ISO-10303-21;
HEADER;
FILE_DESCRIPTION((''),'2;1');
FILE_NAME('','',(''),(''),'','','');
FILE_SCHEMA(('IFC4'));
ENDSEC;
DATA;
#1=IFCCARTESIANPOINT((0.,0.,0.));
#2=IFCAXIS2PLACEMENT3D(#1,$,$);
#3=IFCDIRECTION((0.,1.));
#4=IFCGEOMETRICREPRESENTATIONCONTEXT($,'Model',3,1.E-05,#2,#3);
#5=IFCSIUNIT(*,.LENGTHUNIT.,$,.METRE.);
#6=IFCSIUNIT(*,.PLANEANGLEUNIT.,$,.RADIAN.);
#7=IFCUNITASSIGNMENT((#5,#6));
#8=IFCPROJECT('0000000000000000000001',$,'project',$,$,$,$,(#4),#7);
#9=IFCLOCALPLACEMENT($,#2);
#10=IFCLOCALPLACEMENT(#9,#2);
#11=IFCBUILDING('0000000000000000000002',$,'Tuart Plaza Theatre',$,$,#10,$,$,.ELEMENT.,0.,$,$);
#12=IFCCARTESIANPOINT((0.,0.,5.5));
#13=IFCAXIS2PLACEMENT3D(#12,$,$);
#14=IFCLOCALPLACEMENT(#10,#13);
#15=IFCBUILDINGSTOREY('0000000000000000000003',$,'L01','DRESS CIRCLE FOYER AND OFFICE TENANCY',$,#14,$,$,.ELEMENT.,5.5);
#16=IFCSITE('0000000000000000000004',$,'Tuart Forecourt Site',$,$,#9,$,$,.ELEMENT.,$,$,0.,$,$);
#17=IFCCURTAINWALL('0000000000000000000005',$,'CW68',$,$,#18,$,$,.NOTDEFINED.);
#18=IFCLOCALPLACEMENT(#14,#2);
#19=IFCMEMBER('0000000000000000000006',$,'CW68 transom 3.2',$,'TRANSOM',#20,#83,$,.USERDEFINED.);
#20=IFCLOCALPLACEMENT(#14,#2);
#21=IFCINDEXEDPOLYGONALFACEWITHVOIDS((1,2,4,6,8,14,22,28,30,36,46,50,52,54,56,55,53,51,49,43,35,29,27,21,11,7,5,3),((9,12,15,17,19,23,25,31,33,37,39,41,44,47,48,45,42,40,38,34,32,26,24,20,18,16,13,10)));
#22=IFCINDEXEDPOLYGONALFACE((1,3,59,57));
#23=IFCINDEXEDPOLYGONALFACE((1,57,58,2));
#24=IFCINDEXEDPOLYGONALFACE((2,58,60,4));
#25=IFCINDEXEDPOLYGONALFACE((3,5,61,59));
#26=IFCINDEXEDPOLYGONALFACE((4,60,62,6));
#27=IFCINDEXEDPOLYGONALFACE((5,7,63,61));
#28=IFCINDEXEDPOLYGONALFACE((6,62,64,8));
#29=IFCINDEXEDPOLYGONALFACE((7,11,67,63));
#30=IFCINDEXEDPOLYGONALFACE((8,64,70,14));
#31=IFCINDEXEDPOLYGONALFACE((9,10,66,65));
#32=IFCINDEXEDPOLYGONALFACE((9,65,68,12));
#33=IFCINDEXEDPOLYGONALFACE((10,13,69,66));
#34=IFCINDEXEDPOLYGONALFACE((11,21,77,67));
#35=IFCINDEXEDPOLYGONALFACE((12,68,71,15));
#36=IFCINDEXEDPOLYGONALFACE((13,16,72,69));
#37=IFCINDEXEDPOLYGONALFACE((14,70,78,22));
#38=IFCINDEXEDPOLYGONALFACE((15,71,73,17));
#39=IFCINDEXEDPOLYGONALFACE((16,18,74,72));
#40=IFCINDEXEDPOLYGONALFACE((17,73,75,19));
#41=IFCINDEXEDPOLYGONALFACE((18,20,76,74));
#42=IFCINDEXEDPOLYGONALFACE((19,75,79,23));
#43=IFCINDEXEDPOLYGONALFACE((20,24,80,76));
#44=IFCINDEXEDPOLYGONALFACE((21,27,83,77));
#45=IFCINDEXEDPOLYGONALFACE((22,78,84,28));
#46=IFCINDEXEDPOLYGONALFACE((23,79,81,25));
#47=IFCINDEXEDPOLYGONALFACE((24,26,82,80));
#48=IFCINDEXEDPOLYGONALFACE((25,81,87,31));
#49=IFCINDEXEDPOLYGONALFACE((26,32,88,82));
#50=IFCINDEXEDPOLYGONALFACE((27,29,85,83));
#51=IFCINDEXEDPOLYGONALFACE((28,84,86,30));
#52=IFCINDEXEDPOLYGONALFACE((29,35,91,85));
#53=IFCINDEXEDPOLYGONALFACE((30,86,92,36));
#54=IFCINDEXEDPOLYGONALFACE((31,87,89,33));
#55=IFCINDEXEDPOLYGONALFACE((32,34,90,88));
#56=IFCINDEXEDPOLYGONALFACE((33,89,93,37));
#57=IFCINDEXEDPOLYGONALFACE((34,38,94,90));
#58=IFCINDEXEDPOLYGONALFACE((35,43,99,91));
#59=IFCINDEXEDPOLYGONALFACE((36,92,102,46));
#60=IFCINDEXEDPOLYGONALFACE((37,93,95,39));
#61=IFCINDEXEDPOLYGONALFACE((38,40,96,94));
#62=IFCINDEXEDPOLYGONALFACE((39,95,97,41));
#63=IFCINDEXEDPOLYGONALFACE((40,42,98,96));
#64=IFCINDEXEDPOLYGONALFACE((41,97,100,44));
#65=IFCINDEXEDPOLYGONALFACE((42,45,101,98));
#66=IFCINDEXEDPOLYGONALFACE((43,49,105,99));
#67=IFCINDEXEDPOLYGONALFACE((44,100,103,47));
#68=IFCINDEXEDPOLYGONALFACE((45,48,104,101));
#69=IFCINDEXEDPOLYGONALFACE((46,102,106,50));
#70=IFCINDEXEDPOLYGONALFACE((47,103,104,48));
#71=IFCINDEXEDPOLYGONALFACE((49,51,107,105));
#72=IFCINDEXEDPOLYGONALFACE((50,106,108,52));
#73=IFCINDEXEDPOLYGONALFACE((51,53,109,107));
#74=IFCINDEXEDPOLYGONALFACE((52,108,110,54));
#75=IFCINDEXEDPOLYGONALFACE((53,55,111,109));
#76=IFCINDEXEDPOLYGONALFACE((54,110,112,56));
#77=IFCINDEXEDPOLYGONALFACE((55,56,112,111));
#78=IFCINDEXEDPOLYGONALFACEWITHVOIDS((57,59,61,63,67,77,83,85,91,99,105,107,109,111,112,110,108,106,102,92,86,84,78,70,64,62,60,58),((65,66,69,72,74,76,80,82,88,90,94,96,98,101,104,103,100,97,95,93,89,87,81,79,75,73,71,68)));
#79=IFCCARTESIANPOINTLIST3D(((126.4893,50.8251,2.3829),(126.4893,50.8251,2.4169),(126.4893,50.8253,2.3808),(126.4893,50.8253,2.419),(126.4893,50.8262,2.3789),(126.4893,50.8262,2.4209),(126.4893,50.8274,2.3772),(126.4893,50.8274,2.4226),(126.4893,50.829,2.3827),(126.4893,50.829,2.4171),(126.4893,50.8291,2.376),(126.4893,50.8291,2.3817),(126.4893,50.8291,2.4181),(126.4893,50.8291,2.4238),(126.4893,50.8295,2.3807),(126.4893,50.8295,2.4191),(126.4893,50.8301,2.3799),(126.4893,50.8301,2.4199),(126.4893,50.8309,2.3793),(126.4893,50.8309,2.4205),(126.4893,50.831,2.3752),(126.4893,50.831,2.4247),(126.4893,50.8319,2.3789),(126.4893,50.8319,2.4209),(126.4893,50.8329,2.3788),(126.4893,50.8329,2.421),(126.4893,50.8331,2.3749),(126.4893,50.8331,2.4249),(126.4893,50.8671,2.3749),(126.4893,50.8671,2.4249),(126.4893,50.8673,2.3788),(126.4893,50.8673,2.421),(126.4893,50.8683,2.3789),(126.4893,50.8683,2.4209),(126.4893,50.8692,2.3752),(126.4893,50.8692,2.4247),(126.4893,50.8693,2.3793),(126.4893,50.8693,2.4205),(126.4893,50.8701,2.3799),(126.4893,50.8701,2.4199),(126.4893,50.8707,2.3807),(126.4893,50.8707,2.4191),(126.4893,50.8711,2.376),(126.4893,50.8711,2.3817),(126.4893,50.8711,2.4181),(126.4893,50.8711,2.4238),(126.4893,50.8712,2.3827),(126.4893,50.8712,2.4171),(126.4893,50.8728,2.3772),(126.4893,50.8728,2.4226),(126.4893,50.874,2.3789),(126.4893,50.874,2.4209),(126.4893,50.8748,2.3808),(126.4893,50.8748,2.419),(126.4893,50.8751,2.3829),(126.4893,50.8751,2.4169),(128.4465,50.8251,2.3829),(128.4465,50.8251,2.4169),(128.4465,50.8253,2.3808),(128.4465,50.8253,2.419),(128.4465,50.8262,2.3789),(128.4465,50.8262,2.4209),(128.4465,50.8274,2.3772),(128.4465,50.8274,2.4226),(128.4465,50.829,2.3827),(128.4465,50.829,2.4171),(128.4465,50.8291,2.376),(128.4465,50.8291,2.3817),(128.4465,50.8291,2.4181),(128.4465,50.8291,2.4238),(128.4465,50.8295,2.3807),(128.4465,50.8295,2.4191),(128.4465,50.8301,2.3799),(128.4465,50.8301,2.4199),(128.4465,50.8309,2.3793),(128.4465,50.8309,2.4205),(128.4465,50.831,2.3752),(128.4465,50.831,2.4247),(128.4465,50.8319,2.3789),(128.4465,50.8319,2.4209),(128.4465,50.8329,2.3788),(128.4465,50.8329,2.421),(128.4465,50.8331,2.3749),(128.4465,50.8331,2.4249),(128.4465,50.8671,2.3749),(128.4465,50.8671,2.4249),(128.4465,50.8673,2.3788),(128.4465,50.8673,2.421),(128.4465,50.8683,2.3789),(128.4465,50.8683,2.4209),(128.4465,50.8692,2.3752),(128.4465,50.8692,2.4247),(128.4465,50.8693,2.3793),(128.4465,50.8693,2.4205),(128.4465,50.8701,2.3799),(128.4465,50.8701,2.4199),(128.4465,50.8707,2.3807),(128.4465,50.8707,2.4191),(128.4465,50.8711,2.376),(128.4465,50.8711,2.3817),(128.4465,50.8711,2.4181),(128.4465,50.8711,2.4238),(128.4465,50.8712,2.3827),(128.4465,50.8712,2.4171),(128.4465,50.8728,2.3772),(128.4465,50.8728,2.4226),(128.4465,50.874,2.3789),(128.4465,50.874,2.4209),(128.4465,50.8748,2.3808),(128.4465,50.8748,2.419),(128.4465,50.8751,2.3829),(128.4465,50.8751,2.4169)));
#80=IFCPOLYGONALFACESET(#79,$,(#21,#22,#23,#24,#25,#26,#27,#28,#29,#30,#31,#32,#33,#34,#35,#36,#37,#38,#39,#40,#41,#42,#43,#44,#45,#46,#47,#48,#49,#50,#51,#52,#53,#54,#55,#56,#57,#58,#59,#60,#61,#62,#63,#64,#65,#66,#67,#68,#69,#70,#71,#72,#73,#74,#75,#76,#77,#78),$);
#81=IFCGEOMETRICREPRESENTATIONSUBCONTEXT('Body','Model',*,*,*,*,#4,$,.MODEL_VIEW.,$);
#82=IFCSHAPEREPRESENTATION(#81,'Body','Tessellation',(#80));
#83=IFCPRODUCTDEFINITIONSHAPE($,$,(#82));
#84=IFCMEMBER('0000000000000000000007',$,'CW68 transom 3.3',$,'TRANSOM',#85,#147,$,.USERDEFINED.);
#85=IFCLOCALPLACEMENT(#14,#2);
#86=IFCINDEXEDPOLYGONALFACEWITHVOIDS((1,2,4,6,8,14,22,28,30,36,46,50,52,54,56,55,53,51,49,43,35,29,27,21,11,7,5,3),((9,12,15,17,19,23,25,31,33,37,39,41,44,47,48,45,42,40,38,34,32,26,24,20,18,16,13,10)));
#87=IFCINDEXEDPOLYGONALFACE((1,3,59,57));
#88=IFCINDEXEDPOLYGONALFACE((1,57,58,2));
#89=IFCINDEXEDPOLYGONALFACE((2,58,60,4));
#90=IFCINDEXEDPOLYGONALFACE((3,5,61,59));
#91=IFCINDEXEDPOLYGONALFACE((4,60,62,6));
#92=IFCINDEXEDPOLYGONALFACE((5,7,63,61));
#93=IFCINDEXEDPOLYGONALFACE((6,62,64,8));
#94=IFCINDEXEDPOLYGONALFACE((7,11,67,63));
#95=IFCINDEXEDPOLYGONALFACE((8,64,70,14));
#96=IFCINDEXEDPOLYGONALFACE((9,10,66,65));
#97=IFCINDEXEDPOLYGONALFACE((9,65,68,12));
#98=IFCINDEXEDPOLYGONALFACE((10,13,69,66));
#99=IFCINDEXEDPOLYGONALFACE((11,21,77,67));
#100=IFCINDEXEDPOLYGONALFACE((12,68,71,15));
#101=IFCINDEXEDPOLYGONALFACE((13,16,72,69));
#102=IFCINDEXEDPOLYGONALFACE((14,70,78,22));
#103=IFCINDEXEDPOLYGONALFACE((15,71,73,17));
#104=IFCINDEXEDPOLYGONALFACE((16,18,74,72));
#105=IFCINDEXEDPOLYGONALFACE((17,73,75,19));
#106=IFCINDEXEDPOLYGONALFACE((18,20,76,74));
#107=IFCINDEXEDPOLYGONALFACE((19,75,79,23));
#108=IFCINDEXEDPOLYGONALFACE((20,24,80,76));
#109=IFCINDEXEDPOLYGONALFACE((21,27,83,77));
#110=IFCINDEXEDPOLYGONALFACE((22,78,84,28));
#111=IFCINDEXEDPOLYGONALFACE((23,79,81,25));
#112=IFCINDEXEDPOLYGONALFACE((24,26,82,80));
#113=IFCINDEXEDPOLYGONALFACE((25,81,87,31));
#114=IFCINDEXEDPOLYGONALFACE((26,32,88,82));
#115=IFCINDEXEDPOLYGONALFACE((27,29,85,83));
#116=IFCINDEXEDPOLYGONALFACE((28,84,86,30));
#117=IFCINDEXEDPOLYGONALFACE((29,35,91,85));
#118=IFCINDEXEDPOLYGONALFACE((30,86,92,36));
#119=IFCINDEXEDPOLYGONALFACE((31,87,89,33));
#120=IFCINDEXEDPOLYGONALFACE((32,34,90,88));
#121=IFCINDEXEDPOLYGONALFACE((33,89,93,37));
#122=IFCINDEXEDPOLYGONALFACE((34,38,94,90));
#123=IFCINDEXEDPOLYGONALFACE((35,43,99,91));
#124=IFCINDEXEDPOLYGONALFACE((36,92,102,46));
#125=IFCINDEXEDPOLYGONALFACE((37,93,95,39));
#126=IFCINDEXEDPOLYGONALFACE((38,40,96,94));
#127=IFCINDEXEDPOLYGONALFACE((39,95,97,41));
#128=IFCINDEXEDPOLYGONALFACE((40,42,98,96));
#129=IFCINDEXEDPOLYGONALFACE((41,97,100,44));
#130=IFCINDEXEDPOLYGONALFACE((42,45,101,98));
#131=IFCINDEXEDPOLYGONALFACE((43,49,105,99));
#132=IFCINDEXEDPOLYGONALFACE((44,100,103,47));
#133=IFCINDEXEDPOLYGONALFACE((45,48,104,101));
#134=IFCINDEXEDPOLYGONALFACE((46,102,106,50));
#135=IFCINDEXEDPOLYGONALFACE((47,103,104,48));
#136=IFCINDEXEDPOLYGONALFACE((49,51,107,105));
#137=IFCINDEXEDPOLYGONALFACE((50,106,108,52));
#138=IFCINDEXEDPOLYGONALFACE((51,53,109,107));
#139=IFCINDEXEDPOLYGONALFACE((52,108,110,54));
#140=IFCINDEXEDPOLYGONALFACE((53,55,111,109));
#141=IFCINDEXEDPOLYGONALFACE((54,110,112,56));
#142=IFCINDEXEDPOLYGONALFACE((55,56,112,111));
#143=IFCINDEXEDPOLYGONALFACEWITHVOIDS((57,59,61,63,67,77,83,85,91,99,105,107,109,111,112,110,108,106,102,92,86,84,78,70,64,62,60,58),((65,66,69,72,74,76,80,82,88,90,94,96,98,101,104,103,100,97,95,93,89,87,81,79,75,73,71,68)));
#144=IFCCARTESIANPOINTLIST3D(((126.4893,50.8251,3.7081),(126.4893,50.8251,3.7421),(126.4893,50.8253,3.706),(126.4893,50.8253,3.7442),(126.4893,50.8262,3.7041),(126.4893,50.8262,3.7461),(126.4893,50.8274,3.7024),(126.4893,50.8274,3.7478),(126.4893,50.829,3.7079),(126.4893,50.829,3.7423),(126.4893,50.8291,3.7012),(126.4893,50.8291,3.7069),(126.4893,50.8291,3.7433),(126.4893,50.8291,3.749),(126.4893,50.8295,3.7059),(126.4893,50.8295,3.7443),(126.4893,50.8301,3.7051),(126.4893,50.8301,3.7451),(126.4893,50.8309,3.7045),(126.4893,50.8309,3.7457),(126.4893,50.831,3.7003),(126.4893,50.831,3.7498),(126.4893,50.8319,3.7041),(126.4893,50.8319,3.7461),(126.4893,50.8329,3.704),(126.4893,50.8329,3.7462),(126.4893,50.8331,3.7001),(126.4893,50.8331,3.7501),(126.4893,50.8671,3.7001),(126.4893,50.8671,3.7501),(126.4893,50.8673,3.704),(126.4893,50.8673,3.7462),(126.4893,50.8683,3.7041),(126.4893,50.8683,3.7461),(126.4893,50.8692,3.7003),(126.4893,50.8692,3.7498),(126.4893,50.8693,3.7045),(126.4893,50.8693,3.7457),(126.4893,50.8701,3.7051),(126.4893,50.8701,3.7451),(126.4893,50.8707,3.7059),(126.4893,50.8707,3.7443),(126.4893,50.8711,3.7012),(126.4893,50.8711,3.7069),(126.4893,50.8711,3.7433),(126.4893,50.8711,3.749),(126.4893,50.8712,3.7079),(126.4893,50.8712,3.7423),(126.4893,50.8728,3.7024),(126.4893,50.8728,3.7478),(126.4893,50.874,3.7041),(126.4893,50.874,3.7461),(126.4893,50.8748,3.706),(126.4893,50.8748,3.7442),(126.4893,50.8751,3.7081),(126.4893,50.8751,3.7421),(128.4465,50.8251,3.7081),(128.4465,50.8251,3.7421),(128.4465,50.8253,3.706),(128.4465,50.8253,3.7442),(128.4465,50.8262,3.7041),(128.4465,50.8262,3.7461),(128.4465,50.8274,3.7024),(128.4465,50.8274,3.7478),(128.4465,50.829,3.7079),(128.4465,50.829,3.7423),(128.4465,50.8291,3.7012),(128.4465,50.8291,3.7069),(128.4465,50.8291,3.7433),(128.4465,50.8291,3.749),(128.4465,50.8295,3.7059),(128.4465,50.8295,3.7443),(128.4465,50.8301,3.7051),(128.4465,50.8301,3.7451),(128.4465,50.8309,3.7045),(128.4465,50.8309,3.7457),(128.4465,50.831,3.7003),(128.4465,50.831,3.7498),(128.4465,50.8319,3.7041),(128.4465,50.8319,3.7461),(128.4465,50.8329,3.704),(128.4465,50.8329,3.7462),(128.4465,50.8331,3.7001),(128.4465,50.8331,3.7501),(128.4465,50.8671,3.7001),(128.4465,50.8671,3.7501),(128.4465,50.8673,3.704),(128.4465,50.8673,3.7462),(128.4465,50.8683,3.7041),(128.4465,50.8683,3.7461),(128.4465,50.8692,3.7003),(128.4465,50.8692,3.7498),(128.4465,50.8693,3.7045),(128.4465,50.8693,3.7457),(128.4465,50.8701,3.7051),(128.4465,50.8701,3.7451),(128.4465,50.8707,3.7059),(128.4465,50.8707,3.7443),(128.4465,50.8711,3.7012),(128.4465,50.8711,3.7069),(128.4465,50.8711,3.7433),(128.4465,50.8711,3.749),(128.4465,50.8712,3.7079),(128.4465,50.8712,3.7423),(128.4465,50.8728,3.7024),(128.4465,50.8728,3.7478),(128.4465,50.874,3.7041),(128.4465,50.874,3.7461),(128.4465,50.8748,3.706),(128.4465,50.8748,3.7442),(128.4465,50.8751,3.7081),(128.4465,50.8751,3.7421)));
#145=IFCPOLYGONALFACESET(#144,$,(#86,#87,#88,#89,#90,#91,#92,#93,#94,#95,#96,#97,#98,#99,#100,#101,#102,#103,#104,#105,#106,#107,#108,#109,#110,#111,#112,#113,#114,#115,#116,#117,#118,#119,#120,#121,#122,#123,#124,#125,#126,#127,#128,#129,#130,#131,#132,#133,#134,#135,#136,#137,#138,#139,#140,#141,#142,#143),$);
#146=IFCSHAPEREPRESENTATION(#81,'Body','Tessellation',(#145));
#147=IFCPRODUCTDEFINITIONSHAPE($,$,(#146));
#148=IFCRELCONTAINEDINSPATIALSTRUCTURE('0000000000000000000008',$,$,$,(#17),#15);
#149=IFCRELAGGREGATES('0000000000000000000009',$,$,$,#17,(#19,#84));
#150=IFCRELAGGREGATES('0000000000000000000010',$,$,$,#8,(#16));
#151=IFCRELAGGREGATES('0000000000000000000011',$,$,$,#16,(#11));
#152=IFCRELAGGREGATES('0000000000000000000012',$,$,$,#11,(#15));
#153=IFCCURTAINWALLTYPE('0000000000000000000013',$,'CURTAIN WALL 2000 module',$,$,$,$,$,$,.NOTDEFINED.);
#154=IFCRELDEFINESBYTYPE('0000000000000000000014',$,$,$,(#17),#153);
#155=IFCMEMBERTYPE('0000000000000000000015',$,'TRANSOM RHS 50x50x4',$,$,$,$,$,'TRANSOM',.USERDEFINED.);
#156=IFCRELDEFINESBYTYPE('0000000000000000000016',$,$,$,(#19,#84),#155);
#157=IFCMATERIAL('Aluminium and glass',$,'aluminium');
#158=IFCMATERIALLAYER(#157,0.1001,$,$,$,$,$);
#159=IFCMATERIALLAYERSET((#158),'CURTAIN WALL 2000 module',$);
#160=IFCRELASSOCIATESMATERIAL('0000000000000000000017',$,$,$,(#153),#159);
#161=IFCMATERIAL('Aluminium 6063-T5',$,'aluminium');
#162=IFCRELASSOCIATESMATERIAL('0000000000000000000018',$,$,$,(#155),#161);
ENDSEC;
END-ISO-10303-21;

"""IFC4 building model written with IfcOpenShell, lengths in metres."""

from ifc_helpers import new_model, si_unit, direction, frame, origin, origin_2d, place, context, subcontext, project, spatial, hollow_rectangle, extrude, material, layer, layer_set, material_profile, profile_set, type_object, element, aggregate, save


model = new_model("IFC4")

# Units and contexts
model_context = context("Model", 3, precision=1e-05, world=origin(), true_north=direction((0.0, 1.0)))
body_context = subcontext(model_context, "Body", "Model", "MODEL_VIEW")
ifc_project = project(units=[si_unit("LENGTHUNIT", "METRE"), si_unit("PLANEANGLEUNIT", "RADIAN")], contexts=[model_context])

# Site, building, storey
site_placement = place(None, origin())
site = spatial("IfcSite", under=ifc_project, at=site_placement, Name="Tuart Forecourt Site", CompositionType="ELEMENT", RefElevation=0.0)
building_placement = place(site_placement, origin())
building = spatial("IfcBuilding", under=site, at=building_placement, Name="Tuart Plaza Theatre", CompositionType="ELEMENT", ElevationOfRefHeight=0.0)
storey_placement = place(building_placement, frame((0.0, 0.0, 5.5)))
storey = spatial("IfcBuildingStorey", under=building, at=storey_placement, Name="L01", Description="DRESS CIRCLE FOYER AND OFFICE TENANCY", CompositionType="ELEMENT", Elevation=5.5)

# Curtain wall, members
ifc_material_1 = material(Name="Aluminium and glass", Category="aluminium")
ifc_layer_1 = layer(ifc_material_1, 0.1001)
ifc_layer_set_1 = layer_set([ifc_layer_1], Name="CURTAIN WALL 2000 module")
curtain_wall_type = type_object("IfcCurtainWallType", Name="CURTAIN WALL 2000 module", PredefinedType="NOTDEFINED", material=ifc_layer_set_1)
curtain_wall_placement = place(storey_placement, origin())
curtain_wall = element("IfcCurtainWall", 1, at=curtain_wall_placement, inside=storey, type_object=curtain_wall_type, Name="CW68", PredefinedType="NOTDEFINED")
ifc_material_2 = material(Name="Aluminium 6063-T5", Category="aluminium")
ifc_material_profile_1 = material_profile(ifc_material_2, hollow_rectangle(XDim=0.05, YDim=0.05, WallThickness=0.0039, InnerFilletRadius=0.0039, OuterFilletRadius=0.0081, at=origin_2d()), Name="RHS 50x50x4")
ifc_profile_set_1 = profile_set([ifc_material_profile_1], Name="Aluminium 6063-T5")
member_type_1 = type_object("IfcMemberType", Name="TRANSOM RHS 50x50x4", ElementType="TRANSOM", PredefinedType="USERDEFINED", material=ifc_profile_set_1)
member_1_placement = place(storey_placement, frame((126.4893, 50.8501, 2.3999), z_axis=(1.0, 0.0, 0.0), x_axis=(0.0, 1.0, 0.0)))
member_1 = element("IfcMember", 2, at=member_1_placement, type_object=member_type_1, Name="CW68 transom 3.2", ObjectType="TRANSOM", PredefinedType="USERDEFINED", context=body_context, shape_type="SweptSolid", body=[
    extrude(hollow_rectangle(XDim=0.05, YDim=0.05, WallThickness=0.0039, InnerFilletRadius=0.0039, OuterFilletRadius=0.0081, at=origin_2d()), origin(), (0.0, 0.0, 1.0), 1.9573),
])
member_2_placement = place(storey_placement, frame((126.4893, 50.8501, 3.7251), z_axis=(1.0, 0.0, 0.0), x_axis=(0.0, 1.0, 0.0)))
member_2 = element("IfcMember", 3, at=member_2_placement, type_object=member_type_1, Name="CW68 transom 3.3", ObjectType="TRANSOM", PredefinedType="USERDEFINED", context=body_context, shape_type="SweptSolid", body=[
    extrude(hollow_rectangle(XDim=0.05, YDim=0.05, WallThickness=0.0039, InnerFilletRadius=0.0039, OuterFilletRadius=0.0081, at=origin_2d()), origin(), (0.0, 0.0, 1.0), 1.9573),
])
aggregate(curtain_wall, [member_1, member_2])

save(model, "model.ifc")
